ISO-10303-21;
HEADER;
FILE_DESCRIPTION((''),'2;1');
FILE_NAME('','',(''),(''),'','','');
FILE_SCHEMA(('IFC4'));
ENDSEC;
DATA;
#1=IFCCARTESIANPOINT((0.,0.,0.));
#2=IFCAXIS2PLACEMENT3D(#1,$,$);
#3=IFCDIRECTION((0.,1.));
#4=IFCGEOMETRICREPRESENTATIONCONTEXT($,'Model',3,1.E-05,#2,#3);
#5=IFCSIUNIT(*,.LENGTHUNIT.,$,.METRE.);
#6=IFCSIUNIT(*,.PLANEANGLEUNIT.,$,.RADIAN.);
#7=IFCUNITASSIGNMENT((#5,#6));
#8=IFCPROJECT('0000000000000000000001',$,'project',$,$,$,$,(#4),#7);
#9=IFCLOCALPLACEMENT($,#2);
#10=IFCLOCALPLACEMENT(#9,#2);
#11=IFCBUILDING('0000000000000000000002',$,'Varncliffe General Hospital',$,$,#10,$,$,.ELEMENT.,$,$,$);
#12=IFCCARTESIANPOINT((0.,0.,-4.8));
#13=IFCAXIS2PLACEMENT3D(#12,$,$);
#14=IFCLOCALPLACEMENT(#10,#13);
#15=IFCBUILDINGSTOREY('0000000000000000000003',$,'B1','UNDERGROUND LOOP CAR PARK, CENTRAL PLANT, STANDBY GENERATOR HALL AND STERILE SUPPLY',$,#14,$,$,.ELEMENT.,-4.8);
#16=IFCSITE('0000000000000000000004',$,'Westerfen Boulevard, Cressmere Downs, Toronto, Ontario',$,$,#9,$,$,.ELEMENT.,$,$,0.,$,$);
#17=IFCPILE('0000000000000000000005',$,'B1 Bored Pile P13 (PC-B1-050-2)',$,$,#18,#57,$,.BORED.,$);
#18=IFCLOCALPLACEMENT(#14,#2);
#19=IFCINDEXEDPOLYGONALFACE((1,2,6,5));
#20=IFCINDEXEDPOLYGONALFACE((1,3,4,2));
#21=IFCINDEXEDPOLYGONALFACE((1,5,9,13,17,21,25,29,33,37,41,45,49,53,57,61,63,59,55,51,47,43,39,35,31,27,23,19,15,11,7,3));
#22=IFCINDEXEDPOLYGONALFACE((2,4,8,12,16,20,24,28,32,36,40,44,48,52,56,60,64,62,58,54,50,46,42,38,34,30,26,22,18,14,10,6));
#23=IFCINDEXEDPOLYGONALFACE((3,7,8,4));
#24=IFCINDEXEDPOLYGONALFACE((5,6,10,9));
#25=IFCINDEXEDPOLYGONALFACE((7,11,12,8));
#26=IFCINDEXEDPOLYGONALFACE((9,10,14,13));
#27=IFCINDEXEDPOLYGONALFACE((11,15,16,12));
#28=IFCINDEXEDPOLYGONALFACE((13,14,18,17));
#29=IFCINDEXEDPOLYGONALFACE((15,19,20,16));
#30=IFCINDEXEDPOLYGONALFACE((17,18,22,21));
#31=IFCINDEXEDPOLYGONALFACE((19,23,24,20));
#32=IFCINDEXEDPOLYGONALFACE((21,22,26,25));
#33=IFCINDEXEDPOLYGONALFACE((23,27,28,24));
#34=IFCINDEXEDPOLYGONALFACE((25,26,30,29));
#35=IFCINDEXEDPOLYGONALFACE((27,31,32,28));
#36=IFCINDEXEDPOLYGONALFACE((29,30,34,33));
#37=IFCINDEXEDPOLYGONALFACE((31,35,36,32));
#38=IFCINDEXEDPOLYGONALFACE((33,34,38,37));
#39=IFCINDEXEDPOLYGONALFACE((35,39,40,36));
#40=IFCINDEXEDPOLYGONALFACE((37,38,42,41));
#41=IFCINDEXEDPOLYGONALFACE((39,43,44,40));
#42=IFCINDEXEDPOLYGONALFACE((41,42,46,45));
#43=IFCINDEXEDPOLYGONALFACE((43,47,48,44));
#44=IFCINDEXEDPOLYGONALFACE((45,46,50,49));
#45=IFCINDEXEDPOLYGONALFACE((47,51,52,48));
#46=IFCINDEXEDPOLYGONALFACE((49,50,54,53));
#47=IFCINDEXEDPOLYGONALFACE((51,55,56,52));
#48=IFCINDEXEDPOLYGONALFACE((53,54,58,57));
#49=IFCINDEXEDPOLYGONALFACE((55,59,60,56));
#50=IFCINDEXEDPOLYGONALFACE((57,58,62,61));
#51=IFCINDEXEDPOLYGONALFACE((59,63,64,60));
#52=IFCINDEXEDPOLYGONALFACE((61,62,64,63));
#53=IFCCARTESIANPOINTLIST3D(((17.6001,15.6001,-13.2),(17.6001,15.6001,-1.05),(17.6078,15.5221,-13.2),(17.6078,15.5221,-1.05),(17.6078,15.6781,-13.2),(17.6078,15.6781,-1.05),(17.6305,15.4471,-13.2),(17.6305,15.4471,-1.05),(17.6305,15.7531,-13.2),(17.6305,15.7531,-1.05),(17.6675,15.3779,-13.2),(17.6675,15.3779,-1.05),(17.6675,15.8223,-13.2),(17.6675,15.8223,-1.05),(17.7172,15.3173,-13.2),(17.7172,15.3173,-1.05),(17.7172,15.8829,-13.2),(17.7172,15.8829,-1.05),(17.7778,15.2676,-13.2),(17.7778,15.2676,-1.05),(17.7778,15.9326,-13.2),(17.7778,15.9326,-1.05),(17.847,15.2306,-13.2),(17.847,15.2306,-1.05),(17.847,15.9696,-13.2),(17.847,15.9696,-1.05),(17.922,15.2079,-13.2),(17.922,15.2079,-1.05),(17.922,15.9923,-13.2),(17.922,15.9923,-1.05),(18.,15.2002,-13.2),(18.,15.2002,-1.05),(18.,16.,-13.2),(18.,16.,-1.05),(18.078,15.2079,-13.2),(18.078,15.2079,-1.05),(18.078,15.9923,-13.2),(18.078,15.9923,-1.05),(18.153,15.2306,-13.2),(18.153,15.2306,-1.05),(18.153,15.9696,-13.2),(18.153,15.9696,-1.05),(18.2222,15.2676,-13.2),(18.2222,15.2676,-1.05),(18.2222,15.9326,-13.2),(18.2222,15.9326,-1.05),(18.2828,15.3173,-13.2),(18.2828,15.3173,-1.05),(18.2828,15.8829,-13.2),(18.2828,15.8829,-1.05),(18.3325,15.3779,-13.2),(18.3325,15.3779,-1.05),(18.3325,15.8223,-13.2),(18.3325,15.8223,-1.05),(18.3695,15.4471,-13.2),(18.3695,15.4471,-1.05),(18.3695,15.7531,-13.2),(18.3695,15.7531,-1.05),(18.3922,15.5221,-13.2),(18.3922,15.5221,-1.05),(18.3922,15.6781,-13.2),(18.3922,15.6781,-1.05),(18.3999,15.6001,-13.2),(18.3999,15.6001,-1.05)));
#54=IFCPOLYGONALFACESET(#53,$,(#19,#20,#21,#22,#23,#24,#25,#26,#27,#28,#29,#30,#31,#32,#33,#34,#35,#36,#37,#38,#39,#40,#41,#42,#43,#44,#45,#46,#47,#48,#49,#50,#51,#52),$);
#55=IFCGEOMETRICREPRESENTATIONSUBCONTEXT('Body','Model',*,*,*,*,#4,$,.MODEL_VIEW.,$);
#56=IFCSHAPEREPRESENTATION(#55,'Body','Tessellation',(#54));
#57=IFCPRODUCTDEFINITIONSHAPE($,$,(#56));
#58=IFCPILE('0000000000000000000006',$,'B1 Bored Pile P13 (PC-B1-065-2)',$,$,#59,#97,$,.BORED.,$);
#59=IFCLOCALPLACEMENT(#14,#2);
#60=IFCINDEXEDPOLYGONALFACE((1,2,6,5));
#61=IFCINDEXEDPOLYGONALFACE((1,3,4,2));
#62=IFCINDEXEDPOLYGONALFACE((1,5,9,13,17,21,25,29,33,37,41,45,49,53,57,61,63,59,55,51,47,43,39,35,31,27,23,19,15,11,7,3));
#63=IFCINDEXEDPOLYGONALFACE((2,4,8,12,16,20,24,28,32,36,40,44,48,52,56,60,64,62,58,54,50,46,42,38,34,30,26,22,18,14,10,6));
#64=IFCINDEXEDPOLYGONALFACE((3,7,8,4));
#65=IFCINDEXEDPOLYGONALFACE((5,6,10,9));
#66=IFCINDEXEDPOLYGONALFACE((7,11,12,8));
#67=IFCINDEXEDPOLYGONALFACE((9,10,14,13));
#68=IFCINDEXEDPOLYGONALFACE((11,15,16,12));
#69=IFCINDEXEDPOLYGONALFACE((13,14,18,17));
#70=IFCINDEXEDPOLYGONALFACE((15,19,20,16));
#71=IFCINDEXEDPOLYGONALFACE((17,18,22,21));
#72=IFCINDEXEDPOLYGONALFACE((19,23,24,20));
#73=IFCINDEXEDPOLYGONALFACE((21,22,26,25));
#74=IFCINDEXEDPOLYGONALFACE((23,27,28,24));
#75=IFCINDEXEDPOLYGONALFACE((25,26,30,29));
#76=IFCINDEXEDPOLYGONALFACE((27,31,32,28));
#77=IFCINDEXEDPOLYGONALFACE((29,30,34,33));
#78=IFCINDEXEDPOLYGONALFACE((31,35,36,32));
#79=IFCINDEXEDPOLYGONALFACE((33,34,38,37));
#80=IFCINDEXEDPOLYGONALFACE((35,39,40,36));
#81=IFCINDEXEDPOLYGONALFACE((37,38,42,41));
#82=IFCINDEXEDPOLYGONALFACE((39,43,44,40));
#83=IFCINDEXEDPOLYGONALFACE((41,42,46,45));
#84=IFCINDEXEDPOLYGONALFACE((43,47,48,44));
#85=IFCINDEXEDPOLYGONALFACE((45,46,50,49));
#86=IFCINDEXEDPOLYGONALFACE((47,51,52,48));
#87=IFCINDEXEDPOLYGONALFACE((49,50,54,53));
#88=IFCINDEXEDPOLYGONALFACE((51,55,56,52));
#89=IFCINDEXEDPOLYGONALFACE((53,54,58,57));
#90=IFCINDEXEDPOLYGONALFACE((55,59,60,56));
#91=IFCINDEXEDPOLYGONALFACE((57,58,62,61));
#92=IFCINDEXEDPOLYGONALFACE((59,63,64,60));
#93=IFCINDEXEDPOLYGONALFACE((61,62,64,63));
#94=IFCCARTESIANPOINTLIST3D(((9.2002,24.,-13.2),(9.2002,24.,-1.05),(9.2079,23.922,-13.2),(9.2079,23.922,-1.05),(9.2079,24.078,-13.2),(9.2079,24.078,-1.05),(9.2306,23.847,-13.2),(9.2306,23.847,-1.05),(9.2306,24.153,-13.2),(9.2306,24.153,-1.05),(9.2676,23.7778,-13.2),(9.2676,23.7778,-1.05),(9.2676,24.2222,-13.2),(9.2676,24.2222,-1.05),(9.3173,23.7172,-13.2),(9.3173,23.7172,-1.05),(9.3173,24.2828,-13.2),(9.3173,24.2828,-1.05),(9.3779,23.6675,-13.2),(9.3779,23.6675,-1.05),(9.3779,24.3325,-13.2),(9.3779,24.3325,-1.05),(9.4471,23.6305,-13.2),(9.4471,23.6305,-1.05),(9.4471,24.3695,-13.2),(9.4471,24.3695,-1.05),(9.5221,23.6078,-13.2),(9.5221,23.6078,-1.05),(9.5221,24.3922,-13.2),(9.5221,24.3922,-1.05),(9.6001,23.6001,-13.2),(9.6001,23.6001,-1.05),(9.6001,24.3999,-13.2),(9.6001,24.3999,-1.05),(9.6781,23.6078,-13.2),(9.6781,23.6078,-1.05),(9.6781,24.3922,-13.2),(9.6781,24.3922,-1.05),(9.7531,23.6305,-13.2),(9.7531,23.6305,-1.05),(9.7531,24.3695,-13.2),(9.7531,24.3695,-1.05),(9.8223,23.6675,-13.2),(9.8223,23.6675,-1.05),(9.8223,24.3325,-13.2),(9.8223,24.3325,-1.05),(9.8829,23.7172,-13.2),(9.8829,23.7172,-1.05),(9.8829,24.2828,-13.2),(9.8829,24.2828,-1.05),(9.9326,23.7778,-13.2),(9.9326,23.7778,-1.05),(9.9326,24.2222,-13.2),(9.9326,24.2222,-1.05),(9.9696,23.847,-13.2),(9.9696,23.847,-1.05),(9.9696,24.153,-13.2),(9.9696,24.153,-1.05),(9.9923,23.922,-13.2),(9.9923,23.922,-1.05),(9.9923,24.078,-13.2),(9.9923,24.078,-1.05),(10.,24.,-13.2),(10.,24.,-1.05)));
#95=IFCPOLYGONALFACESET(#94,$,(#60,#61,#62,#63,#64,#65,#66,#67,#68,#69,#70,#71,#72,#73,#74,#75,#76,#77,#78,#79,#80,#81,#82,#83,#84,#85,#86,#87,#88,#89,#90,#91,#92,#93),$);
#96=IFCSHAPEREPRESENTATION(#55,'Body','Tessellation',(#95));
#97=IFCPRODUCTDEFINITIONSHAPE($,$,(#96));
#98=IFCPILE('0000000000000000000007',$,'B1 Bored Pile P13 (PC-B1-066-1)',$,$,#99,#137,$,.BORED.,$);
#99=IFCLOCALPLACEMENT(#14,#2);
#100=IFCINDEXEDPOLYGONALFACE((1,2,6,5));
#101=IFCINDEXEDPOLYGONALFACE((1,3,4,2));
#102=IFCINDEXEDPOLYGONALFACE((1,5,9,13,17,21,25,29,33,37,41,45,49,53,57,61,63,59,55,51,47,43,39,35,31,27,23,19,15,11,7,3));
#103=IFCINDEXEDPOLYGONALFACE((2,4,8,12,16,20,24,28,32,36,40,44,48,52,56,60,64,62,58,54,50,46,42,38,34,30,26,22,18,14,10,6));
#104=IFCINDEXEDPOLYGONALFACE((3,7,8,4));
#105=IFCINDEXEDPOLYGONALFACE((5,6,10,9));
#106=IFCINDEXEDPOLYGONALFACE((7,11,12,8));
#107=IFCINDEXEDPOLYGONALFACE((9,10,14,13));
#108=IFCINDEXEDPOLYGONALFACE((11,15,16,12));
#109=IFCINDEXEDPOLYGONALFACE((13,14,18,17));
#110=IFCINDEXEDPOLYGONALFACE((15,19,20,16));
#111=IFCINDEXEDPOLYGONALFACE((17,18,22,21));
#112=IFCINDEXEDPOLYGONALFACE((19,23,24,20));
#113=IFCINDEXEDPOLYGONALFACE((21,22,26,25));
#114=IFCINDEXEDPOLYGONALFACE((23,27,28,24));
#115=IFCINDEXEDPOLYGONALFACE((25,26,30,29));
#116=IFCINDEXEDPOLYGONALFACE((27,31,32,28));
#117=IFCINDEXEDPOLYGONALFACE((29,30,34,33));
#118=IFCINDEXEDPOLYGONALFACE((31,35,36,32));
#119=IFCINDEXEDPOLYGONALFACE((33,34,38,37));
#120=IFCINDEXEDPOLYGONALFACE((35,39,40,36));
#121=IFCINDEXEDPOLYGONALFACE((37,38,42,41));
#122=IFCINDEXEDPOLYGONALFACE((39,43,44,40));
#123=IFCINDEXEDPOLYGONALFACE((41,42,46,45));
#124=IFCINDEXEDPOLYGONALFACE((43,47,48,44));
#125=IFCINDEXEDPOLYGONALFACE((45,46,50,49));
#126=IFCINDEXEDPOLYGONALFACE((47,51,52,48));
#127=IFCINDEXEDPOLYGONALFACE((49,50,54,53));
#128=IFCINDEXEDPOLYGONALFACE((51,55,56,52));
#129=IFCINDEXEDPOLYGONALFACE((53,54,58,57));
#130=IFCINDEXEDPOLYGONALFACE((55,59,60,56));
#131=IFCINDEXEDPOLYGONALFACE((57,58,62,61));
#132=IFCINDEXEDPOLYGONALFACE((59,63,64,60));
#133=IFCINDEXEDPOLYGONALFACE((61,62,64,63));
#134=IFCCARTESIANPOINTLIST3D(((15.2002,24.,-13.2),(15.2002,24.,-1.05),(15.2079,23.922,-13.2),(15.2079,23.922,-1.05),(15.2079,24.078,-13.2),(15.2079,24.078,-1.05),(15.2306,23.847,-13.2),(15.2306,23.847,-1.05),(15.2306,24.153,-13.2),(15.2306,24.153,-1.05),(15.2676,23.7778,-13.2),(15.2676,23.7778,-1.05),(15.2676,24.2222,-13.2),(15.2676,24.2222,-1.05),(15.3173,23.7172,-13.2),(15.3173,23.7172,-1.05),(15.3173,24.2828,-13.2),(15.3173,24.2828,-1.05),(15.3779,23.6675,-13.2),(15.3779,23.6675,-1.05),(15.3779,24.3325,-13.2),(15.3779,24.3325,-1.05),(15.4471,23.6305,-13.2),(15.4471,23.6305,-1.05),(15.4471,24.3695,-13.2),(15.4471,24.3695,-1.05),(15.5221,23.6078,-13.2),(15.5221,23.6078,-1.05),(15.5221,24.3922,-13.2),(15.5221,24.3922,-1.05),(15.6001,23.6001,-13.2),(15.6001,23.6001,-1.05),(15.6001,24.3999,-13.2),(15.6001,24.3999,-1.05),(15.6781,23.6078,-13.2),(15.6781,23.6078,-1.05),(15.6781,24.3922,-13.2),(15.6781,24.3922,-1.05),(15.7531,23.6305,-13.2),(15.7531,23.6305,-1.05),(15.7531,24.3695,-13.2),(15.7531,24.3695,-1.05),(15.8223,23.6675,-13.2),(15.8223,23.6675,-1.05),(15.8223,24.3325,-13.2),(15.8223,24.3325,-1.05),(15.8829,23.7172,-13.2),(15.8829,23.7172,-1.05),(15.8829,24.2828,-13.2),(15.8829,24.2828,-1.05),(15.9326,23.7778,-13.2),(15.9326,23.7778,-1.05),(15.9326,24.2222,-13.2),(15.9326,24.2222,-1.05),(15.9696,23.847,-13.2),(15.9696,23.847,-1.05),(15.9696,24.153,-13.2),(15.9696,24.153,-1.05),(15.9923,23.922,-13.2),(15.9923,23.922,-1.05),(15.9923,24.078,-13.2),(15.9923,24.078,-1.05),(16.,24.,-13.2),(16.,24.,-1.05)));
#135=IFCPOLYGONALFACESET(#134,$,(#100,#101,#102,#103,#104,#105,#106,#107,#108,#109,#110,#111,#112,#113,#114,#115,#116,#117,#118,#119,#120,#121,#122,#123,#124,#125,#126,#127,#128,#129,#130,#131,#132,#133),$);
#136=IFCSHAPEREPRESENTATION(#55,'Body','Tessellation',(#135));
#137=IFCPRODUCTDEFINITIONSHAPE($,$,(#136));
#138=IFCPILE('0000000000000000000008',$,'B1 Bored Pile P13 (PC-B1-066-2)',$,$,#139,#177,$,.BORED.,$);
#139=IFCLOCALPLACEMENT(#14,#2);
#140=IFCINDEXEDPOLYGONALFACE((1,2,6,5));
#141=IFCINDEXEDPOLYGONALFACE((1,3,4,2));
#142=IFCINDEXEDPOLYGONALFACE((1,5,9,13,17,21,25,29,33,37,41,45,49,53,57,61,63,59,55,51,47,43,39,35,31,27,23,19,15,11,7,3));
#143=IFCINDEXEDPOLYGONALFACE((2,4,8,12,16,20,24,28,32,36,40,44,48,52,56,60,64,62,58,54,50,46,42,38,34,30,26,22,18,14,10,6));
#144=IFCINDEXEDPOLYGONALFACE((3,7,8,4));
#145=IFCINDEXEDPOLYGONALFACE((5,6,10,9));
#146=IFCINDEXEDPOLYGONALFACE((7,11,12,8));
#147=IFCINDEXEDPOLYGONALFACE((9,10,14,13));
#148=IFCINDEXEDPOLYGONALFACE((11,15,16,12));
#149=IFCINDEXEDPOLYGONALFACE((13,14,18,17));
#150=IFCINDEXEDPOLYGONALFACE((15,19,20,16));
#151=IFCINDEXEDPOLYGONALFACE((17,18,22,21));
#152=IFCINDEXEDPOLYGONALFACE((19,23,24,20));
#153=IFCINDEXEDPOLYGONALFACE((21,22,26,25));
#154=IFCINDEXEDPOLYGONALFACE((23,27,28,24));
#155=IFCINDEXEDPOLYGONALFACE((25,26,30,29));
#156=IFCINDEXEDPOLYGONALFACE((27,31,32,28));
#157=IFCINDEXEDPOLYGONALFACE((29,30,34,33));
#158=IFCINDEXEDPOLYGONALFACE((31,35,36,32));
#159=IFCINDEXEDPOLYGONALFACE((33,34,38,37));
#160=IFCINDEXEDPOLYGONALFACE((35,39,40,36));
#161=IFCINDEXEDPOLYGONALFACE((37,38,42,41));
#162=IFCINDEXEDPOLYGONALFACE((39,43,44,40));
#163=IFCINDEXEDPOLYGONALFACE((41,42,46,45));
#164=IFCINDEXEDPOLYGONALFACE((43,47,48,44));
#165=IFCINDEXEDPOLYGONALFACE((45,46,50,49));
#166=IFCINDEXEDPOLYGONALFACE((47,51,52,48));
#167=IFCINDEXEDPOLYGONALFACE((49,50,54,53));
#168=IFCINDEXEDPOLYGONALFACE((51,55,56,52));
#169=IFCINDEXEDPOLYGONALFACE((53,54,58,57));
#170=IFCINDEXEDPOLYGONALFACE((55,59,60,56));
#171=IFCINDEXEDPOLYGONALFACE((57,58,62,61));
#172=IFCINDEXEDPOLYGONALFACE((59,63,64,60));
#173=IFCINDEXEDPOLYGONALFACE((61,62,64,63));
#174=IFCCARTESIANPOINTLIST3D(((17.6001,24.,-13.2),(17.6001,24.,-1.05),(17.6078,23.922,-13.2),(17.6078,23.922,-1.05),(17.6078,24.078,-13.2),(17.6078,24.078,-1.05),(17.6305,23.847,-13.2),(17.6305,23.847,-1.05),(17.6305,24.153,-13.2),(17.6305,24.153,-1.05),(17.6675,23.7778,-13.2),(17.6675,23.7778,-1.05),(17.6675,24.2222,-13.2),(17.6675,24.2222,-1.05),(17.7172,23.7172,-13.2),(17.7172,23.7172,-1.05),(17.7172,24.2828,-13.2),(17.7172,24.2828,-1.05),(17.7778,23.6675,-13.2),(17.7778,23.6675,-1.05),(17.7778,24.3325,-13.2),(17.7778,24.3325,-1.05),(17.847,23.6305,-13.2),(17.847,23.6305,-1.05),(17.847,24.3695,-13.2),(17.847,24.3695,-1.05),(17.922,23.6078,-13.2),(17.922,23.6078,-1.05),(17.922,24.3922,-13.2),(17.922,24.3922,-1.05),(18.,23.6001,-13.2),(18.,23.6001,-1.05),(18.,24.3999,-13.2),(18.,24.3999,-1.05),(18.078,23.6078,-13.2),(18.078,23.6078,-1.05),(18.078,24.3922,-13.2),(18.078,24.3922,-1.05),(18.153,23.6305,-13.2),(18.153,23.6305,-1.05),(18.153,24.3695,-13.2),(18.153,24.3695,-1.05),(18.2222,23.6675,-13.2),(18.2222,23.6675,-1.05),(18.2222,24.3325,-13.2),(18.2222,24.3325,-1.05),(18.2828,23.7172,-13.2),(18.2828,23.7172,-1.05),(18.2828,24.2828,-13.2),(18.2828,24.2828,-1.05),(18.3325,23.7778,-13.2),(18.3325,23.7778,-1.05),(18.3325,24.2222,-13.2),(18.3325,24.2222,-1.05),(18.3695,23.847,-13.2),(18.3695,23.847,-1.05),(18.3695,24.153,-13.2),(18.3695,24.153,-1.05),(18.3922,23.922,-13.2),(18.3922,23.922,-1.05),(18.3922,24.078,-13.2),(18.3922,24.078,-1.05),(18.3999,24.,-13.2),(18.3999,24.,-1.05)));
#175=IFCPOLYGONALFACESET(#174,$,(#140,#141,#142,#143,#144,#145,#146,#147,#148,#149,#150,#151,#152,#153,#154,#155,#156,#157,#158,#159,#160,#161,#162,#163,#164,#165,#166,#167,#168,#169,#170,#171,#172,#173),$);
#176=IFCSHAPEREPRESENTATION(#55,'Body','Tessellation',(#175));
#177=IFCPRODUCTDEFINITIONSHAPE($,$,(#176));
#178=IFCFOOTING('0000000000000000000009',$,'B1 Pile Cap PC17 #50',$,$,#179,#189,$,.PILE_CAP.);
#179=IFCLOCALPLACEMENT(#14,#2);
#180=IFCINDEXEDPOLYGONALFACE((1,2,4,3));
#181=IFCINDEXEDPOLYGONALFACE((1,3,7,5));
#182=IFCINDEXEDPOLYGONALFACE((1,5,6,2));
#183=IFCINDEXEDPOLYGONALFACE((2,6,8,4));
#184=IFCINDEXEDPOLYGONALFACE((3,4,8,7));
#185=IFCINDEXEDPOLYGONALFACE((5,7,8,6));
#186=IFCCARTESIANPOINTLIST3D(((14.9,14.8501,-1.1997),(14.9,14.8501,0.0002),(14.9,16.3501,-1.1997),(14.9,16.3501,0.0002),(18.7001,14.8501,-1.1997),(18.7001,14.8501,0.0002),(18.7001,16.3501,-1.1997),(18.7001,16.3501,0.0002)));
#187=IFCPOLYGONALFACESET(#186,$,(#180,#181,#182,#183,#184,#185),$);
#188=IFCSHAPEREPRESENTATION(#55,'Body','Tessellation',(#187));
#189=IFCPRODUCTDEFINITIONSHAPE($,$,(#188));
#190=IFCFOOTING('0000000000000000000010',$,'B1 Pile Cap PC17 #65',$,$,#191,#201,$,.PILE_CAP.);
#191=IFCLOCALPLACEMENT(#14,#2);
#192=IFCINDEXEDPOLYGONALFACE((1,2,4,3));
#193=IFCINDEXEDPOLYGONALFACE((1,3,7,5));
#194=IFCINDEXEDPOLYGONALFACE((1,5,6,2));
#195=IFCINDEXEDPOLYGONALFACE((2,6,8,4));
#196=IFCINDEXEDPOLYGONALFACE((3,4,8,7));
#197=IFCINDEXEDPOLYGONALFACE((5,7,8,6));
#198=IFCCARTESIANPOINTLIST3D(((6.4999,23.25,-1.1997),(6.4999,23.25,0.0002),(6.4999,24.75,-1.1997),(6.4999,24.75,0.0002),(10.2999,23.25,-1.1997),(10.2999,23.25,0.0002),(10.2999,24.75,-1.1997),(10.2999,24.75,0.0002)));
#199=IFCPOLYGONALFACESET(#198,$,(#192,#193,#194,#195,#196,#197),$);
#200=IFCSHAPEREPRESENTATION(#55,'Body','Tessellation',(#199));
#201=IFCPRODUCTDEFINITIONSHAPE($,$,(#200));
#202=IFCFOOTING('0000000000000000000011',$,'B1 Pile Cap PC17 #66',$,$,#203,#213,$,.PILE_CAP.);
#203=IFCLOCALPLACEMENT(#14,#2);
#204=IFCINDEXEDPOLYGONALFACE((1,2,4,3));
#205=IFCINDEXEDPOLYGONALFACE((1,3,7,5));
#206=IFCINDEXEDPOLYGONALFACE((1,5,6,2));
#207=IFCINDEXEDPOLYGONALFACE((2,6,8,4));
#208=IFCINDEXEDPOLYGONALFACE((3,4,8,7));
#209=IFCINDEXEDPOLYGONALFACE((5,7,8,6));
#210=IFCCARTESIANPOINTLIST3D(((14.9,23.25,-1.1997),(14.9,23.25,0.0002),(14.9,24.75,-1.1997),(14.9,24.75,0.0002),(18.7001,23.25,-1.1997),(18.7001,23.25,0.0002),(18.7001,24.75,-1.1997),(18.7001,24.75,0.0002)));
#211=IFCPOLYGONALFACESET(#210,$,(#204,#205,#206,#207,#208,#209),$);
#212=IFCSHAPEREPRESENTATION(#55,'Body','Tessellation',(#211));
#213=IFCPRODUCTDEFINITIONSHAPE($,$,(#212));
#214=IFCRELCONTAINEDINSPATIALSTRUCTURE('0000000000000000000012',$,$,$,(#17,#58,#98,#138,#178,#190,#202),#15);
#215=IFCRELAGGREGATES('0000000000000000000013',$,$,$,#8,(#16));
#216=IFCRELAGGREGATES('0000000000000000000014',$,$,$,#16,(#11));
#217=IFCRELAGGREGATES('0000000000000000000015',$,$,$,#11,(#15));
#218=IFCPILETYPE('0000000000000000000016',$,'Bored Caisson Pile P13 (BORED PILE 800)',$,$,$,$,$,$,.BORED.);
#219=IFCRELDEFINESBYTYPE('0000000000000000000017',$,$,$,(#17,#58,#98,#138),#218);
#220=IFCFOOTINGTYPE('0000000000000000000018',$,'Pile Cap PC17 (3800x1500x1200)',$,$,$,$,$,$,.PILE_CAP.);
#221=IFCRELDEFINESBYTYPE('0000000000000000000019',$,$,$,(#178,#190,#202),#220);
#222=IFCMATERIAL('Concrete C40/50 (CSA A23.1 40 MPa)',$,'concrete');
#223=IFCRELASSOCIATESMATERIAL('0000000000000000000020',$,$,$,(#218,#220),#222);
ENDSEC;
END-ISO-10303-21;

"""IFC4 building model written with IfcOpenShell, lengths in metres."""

from ifc_helpers import new_model, si_unit, direction, frame, origin, origin_2d, place, context, subcontext, project, spatial, rectangle, circle, extrude, material, material_profile, profile_set, type_object, element, save


model = new_model("IFC4")

# Units and contexts
model_context = context("Model", 3, precision=1e-05, world=origin(), true_north=direction((0.0, 1.0)))
body_context = subcontext(model_context, "Body", "Model", "MODEL_VIEW")
ifc_project = project(units=[si_unit("LENGTHUNIT", "METRE"), si_unit("PLANEANGLEUNIT", "RADIAN")], contexts=[model_context])

# Site, building, storey
site_placement = place(None, origin())
site = spatial("IfcSite", under=ifc_project, at=site_placement, Name="Westerfen Boulevard, Cressmere Downs, Toronto, Ontario", CompositionType="ELEMENT", RefElevation=0.0)
building_placement = place(site_placement, origin())
building = spatial("IfcBuilding", under=site, at=building_placement, Name="Varncliffe General Hospital", CompositionType="ELEMENT")
storey_placement = place(building_placement, frame((0.0, 0.0, -4.8)))
storey = spatial("IfcBuildingStorey", under=building, at=storey_placement, Name="B1", Description="UNDERGROUND LOOP CAR PARK, CENTRAL PLANT, STANDBY GENERATOR HALL AND STERILE SUPPLY", CompositionType="ELEMENT", Elevation=-4.8)

# Piles
ifc_material_1 = material(Name="Concrete C40/50 (CSA A23.1 40 MPa)", Category="concrete")
ifc_material_profile_1 = material_profile(ifc_material_1, circle(Radius=0.3999, at=origin_2d()), Name="BORED PILE 800")
ifc_profile_set_1 = profile_set([ifc_material_profile_1], Name="Concrete C40/50 (CSA A23.1 40 MPa)")
pile_type = type_object("IfcPileType", Name="Bored Caisson Pile P13 (BORED PILE 800)", PredefinedType="BORED", material=ifc_profile_set_1)
for number, where, z_axis, x_axis, name in (
    (1, (18.0, 15.6001, -1.05), (0.0, 0.0, -1.0), (1.0, 0.0, 0.0), "B1 Bored Pile P13 (PC-B1-050-2)"),
    (2, (9.6001, 24.0, -1.05), (0.0, 0.0, -1.0), (1.0, 0.0, 0.0), "B1 Bored Pile P13 (PC-B1-065-2)"),
    (3, (15.6001, 24.0, -1.05), (0.0, 0.0, -1.0), (1.0, 0.0, 0.0), "B1 Bored Pile P13 (PC-B1-066-1)"),
    (4, (18.0, 24.0, -1.05), (0.0, 0.0, -1.0), (1.0, 0.0, 0.0), "B1 Bored Pile P13 (PC-B1-066-2)"),
):
    element("IfcPile", number, at=place(storey_placement, frame(where, z_axis=z_axis, x_axis=x_axis)), inside=storey, type_object=pile_type, Name=name, PredefinedType="BORED", context=body_context, shape_type="SweptSolid", body=[
        extrude(circle(Radius=0.3999, at=origin_2d()), origin(), (0.0, 0.0, 1.0), 12.1499),
    ])

# Footings
footing_type_1 = type_object("IfcFootingType", Name="Pile Cap PC17 (3800x1500x1200)", PredefinedType="PILE_CAP", material=ifc_material_1)
for number, where, z_axis, x_axis, name in (
    (5, (16.8, 15.6001, -1.1997), (0.0, 0.0, 1.0), (1.0, 0.0, 0.0), "B1 Pile Cap PC17 #50"),
    (6, (8.3999, 24.0, -1.1997), (0.0, 0.0, 1.0), (1.0, 0.0, 0.0), "B1 Pile Cap PC17 #65"),
    (7, (16.8, 24.0, -1.1997), (0.0, 0.0, 1.0), (1.0, 0.0, 0.0), "B1 Pile Cap PC17 #66"),
):
    element("IfcFooting", number, at=place(storey_placement, frame(where, z_axis=z_axis, x_axis=x_axis)), inside=storey, type_object=footing_type_1, Name=name, PredefinedType="PILE_CAP", context=body_context, shape_type="SweptSolid", body=[
        extrude(rectangle(XDim=3.8, YDim=1.5, at=origin_2d()), origin(), (0.0, 0.0, 1.0), 1.2),
    ])

save(model, "model.ifc")
